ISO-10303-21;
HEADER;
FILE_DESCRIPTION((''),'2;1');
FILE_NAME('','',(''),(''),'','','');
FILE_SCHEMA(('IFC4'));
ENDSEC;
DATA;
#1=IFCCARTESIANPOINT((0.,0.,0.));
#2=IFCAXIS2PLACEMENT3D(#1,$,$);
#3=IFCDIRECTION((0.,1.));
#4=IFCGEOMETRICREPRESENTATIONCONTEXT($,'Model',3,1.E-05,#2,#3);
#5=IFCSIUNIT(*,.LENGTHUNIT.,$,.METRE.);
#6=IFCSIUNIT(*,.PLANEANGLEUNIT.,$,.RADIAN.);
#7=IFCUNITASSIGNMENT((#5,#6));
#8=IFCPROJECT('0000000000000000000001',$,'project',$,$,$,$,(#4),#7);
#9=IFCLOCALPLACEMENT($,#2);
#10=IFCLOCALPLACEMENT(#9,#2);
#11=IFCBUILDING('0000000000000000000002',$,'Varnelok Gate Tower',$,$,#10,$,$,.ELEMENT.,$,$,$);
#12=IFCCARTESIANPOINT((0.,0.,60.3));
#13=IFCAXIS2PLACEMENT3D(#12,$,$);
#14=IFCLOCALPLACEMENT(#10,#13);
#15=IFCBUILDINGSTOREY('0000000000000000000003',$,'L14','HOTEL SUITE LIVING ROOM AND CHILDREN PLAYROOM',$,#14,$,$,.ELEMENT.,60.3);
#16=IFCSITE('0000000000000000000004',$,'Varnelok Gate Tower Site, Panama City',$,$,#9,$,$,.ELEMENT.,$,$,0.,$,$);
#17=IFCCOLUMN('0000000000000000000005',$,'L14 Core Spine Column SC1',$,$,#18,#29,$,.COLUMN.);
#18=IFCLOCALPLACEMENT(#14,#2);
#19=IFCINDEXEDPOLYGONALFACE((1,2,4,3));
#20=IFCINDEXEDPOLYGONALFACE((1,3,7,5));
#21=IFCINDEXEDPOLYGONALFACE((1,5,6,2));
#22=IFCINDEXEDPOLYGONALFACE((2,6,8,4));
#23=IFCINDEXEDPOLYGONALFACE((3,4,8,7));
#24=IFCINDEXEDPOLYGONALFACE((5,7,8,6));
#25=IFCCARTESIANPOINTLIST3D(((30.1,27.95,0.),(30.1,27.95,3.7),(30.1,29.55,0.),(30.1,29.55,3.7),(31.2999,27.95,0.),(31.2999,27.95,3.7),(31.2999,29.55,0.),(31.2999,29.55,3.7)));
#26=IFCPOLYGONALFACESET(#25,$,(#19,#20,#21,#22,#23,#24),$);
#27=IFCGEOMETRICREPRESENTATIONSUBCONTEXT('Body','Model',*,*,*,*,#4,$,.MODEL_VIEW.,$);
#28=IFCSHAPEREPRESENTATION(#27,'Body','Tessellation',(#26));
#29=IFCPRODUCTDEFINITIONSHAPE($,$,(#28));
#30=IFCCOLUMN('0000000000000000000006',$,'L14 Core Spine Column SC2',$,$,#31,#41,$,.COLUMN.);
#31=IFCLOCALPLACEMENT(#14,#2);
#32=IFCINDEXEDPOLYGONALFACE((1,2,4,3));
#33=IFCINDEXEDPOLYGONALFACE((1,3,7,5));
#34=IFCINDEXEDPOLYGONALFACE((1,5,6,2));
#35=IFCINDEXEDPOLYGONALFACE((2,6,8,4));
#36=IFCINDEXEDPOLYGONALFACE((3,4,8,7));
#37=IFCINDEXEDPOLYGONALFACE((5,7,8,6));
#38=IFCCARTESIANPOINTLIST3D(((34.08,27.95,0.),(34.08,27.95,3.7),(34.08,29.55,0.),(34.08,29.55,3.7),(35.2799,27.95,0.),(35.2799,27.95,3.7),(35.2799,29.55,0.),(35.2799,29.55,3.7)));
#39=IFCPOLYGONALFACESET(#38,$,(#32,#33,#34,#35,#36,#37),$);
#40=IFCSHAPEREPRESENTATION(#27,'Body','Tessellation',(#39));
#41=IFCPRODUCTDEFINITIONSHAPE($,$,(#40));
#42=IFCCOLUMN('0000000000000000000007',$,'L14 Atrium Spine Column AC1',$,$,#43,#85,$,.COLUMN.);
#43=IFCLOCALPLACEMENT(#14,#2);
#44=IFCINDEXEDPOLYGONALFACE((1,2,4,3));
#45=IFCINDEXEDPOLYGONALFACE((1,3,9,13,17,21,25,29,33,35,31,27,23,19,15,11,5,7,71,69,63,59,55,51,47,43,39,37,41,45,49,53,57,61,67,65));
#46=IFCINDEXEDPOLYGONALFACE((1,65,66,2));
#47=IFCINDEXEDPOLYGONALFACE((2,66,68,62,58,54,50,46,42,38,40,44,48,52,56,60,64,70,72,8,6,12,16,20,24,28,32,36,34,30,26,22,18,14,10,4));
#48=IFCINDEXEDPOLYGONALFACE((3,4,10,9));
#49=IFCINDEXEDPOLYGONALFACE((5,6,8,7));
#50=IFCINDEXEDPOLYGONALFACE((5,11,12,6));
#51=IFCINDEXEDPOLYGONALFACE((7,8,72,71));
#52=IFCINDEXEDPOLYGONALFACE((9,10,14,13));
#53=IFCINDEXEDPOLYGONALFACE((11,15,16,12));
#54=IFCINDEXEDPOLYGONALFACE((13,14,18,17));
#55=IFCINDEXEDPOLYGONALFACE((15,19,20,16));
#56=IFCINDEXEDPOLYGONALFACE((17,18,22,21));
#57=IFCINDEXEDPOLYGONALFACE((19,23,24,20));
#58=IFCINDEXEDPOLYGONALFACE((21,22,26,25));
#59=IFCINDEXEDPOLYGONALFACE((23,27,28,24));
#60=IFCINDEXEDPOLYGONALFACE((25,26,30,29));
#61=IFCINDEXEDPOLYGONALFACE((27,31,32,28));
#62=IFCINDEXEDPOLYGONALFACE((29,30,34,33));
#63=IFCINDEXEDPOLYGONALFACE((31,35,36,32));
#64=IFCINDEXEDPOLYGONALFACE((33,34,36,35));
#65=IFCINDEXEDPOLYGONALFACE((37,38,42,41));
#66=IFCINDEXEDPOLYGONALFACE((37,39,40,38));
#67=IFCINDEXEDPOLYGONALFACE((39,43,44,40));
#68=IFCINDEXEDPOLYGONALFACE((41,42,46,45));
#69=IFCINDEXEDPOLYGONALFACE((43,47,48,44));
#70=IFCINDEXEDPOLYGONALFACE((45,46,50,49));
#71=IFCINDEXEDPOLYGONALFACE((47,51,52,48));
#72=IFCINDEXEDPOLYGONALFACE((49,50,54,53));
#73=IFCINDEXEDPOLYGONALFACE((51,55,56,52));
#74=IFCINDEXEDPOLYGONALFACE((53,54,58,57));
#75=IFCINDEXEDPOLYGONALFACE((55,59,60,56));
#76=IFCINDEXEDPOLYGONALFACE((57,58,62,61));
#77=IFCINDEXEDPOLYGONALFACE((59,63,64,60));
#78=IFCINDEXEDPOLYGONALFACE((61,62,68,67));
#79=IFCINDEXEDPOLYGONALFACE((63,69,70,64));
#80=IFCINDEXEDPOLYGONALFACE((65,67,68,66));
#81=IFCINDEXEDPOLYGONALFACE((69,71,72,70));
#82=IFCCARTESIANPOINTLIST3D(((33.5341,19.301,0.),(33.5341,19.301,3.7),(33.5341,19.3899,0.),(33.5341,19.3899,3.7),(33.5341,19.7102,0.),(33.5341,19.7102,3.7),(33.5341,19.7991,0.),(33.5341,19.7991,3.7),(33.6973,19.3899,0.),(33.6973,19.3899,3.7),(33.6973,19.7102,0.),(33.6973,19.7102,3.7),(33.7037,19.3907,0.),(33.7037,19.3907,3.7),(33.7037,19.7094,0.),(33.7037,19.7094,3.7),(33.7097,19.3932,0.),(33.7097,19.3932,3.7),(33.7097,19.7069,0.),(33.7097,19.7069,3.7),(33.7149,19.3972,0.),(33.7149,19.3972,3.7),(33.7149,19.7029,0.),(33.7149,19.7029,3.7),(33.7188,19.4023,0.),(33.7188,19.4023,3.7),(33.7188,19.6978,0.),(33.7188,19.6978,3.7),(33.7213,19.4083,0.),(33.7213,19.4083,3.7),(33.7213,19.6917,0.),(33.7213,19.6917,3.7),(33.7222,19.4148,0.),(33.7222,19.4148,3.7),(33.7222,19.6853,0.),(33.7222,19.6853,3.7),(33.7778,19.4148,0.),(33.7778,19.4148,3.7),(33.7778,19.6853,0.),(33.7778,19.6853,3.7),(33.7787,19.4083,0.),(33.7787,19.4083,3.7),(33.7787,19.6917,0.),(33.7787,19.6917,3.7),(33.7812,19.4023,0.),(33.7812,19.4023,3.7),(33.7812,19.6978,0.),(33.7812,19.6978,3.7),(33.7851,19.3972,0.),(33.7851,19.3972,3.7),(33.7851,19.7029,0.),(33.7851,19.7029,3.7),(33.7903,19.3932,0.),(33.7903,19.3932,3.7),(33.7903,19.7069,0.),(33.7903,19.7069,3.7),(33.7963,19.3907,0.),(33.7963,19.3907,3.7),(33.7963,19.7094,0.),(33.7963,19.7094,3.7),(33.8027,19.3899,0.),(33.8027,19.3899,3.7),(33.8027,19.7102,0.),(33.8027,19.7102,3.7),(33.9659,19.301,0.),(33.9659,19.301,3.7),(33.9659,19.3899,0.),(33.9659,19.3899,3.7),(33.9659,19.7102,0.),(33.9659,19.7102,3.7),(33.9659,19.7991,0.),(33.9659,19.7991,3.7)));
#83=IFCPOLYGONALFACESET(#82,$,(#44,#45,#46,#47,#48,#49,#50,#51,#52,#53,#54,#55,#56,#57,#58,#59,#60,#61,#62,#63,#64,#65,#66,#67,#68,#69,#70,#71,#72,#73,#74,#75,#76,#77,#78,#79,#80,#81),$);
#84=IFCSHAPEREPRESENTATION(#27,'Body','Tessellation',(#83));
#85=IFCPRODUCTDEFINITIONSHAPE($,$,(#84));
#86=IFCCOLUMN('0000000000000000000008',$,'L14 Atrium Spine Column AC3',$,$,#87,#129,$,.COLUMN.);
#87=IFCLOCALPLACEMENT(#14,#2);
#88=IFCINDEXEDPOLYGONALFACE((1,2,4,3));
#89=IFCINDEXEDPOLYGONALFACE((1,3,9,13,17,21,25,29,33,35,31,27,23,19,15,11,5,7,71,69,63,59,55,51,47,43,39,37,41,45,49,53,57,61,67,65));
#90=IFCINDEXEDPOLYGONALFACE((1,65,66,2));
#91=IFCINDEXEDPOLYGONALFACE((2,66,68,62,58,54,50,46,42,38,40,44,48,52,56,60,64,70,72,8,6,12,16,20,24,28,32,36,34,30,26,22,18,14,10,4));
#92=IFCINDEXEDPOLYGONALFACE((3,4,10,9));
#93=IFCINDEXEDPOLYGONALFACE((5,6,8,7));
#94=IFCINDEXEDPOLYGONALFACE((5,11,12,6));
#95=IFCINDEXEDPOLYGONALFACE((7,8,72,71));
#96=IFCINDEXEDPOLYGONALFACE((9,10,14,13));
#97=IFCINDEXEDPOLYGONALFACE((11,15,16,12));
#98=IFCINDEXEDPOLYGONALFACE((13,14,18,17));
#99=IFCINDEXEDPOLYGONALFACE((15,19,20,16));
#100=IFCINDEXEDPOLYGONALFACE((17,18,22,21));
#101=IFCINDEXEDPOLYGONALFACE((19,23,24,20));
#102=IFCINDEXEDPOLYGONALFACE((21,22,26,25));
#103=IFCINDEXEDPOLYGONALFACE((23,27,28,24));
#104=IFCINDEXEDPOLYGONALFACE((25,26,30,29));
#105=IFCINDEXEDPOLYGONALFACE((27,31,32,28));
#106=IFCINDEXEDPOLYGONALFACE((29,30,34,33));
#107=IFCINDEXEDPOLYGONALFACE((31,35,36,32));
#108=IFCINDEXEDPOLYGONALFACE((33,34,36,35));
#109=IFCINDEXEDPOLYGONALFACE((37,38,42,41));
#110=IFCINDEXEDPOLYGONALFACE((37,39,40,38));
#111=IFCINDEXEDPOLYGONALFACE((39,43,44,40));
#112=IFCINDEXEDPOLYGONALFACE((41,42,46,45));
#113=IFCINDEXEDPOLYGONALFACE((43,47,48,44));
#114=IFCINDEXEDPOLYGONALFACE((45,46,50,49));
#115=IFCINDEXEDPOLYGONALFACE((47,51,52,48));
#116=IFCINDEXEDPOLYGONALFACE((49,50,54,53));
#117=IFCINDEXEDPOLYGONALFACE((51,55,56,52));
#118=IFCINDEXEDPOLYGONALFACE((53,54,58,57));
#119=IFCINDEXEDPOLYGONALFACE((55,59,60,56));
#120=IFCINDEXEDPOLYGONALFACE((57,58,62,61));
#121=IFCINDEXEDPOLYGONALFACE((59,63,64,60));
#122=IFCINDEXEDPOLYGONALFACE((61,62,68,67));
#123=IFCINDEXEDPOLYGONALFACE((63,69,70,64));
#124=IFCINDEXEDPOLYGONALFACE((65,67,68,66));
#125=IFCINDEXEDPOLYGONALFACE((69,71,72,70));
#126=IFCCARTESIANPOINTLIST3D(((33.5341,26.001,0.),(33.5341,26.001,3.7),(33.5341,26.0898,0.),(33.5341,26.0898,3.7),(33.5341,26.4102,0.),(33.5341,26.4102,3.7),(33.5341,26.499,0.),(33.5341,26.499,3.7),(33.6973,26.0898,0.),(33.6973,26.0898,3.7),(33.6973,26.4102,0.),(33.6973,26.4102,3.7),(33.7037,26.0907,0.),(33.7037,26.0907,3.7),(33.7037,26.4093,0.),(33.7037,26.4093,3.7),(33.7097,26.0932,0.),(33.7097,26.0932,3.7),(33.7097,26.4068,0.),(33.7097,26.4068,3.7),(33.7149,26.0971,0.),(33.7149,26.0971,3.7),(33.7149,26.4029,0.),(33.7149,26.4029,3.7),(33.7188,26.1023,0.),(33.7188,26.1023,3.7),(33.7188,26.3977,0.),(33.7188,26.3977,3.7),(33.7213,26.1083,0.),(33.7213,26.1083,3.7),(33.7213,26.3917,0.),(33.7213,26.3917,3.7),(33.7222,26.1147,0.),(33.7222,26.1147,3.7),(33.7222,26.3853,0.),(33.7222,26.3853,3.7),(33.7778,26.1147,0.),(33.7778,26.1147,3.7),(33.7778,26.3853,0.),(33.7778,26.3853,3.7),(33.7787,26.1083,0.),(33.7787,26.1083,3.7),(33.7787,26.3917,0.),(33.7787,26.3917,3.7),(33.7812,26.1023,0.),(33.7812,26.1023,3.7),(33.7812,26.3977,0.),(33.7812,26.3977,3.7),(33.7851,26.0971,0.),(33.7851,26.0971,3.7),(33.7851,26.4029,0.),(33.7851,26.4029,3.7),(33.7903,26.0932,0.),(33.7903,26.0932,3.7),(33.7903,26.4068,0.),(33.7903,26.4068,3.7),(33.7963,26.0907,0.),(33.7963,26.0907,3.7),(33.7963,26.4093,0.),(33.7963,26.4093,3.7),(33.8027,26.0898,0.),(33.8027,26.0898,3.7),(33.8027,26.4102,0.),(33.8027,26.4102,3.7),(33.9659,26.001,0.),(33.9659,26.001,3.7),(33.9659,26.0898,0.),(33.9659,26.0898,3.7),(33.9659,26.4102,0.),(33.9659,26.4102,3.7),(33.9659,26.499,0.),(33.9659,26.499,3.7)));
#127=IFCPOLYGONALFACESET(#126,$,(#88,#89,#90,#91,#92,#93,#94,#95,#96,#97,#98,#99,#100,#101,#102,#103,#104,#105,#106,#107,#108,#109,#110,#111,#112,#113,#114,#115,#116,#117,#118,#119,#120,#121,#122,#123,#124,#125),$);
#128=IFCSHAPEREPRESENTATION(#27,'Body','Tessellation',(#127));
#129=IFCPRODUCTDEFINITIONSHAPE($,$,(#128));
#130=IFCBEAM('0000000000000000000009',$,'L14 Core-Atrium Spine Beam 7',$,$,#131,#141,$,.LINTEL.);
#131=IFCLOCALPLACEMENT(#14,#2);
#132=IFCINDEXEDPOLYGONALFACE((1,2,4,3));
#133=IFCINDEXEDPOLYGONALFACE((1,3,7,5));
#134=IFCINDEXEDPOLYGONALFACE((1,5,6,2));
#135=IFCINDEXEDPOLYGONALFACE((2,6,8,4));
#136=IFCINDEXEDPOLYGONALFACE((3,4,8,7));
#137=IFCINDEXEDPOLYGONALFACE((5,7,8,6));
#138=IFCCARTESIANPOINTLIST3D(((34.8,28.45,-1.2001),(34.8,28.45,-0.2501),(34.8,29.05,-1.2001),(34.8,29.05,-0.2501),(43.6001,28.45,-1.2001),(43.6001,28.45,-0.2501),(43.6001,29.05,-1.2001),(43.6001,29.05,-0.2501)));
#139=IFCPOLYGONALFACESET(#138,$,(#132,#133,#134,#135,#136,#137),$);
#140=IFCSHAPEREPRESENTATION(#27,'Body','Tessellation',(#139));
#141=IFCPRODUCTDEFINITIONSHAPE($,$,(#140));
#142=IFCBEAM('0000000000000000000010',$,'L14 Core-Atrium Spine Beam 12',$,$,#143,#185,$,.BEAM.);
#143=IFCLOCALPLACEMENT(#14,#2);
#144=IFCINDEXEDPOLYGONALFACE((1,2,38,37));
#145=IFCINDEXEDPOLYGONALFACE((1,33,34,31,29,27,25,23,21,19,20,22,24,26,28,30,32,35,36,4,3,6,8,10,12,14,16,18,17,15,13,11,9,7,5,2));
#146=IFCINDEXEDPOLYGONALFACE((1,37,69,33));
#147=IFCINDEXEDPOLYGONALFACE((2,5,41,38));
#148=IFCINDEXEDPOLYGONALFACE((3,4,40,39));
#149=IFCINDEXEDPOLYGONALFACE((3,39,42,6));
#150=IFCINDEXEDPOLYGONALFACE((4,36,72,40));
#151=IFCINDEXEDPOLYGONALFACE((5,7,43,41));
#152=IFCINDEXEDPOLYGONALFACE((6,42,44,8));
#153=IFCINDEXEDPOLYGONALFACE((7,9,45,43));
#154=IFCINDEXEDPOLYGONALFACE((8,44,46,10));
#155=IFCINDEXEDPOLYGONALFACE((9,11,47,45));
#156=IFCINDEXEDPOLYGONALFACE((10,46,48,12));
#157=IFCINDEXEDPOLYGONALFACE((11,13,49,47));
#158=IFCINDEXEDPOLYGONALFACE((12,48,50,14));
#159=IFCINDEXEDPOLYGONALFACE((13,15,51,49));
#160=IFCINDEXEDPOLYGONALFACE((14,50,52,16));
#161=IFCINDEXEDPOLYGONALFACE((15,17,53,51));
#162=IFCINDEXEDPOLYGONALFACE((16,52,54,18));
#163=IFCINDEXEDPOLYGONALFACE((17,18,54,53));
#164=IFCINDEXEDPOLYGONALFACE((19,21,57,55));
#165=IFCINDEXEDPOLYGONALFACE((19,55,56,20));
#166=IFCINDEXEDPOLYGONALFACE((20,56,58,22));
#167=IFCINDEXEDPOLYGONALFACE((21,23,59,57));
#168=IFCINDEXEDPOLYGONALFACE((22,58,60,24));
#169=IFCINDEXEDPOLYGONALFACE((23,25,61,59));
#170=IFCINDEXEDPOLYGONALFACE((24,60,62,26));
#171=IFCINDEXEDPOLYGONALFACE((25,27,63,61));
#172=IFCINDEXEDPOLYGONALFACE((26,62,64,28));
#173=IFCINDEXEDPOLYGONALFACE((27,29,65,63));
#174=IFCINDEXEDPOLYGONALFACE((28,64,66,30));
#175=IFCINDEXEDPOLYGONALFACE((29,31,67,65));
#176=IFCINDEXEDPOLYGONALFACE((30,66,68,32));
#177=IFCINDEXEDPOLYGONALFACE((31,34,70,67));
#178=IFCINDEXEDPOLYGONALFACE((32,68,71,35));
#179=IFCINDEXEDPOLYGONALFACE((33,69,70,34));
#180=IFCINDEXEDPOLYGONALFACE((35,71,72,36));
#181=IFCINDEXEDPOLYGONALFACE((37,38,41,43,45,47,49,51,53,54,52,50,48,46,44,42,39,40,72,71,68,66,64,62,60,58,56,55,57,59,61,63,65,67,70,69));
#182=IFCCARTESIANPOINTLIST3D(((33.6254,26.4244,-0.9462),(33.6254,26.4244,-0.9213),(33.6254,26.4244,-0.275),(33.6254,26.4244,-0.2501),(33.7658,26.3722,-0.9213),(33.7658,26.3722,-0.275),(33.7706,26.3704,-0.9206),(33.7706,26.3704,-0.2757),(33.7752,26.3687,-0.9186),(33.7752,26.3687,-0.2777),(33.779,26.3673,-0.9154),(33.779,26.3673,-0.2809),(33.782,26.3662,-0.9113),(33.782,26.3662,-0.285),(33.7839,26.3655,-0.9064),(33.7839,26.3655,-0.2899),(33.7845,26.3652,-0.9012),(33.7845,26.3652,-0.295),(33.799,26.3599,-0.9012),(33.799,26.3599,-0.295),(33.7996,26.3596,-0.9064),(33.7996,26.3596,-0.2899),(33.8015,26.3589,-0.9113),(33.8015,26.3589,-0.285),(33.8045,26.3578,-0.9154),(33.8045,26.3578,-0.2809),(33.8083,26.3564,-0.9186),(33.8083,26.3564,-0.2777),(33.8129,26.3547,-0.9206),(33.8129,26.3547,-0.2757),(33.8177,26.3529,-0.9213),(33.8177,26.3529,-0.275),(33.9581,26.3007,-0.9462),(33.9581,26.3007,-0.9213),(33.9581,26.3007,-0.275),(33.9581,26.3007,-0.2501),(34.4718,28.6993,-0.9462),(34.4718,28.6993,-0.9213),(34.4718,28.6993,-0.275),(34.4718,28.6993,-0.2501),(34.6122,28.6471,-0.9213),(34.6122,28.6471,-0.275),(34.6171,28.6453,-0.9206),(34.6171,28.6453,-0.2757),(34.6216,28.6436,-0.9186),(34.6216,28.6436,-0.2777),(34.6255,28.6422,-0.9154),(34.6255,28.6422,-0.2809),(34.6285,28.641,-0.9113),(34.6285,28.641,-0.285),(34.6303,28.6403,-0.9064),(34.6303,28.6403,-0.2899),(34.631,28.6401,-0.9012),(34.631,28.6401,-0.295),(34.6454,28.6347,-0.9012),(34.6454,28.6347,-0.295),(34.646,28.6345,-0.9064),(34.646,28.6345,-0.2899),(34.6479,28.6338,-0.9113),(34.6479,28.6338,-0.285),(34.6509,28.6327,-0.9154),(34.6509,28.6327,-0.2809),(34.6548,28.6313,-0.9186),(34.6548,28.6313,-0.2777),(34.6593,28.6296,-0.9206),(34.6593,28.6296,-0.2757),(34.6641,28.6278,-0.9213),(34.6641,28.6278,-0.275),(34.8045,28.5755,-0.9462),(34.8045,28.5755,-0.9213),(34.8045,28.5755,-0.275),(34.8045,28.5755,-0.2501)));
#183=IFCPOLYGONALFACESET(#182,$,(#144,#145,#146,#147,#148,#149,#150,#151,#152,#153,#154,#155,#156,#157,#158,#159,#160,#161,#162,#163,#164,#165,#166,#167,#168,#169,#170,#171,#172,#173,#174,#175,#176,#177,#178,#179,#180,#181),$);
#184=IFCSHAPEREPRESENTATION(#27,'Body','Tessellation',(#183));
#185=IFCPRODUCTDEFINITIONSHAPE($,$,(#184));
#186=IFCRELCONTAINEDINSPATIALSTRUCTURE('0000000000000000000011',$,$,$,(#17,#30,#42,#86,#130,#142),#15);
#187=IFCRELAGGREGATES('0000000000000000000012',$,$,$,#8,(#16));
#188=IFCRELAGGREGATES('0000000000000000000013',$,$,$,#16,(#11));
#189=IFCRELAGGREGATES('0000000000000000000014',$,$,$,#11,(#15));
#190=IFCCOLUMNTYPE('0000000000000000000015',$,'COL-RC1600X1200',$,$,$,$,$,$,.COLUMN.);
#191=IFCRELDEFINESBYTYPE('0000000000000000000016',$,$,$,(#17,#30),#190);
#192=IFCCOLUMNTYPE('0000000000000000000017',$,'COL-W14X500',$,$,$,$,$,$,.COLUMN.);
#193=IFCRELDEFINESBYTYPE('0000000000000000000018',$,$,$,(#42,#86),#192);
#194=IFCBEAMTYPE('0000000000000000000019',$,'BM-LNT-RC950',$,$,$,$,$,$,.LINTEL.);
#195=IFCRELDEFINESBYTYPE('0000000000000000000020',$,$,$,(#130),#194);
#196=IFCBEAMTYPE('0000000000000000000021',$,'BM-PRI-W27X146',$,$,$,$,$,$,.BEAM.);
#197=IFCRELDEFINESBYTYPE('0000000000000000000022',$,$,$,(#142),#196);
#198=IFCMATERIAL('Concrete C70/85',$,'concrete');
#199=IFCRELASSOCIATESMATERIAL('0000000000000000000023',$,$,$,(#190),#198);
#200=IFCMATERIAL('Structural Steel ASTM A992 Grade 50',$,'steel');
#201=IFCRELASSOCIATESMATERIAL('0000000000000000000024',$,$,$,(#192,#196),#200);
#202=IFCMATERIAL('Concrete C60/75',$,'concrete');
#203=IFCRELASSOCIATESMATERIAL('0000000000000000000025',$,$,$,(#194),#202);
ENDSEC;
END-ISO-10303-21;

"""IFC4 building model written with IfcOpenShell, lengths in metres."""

from ifc_helpers import new_model, si_unit, direction, frame, origin, origin_2d, place, context, subcontext, project, spatial, rectangle, i_section, extrude, material, material_profile, profile_set, type_object, element, save


model = new_model("IFC4")

# Units and contexts
model_context = context("Model", 3, precision=1e-05, world=origin(), true_north=direction((0.0, 1.0)))
body_context = subcontext(model_context, "Body", "Model", "MODEL_VIEW")
ifc_project = project(units=[si_unit("LENGTHUNIT", "METRE"), si_unit("PLANEANGLEUNIT", "RADIAN")], contexts=[model_context])

# Site, building, storey
site_placement = place(None, origin())
site = spatial("IfcSite", under=ifc_project, at=site_placement, Name="Varnelok Gate Tower Site, Panama City", CompositionType="ELEMENT", RefElevation=0.0)
building_placement = place(site_placement, origin())
building = spatial("IfcBuilding", under=site, at=building_placement, Name="Varnelok Gate Tower", CompositionType="ELEMENT")
storey_placement = place(building_placement, frame((0.0, 0.0, 60.3)))
storey = spatial("IfcBuildingStorey", under=building, at=storey_placement, Name="L14", Description="HOTEL SUITE LIVING ROOM AND CHILDREN PLAYROOM", CompositionType="ELEMENT", Elevation=60.3)

# Columns
ifc_material_1 = material(Name="Concrete C70/85", Category="concrete")
ifc_material_profile_1 = material_profile(ifc_material_1, rectangle(XDim=1.2, YDim=1.6001, at=origin_2d()), Name="RC1600X1200")
ifc_profile_set_1 = profile_set([ifc_material_profile_1], Name="Concrete C70/85")
column_type_1 = type_object("IfcColumnType", Name="COL-RC1600X1200", PredefinedType="COLUMN", material=ifc_profile_set_1)
for number, where, z_axis, x_axis, name in (
    (1, (30.7, 28.75, 0.0), (0.0, 0.0, 1.0), (1.0, 0.0, 0.0), "L14 Core Spine Column SC1"),
    (2, (34.6799, 28.75, 0.0), (0.0, 0.0, 1.0), (1.0, 0.0, 0.0), "L14 Core Spine Column SC2"),
):
    element("IfcColumn", number, at=place(storey_placement, frame(where, z_axis=z_axis, x_axis=x_axis)), inside=storey, type_object=column_type_1, Name=name, PredefinedType="COLUMN", context=body_context, shape_type="SweptSolid", body=[
        extrude(rectangle(XDim=1.2, YDim=1.6001, at=origin_2d()), origin(), (0.0, 0.0, 1.0), 3.7),
    ])
ifc_material_2 = material(Name="Structural Steel ASTM A992 Grade 50", Category="steel")
ifc_material_profile_2 = material_profile(ifc_material_2, i_section(OverallWidth=0.4319, OverallDepth=0.498, WebThickness=0.0557, FlangeThickness=0.0889, FilletRadius=0.0249, at=origin_2d()), Name="W14X500")
ifc_profile_set_2 = profile_set([ifc_material_profile_2], Name="Structural Steel ASTM A992 Grade 50")
column_type_2 = type_object("IfcColumnType", Name="COL-W14X500", PredefinedType="COLUMN", material=ifc_profile_set_2)
for number, where, z_axis, x_axis, name in (
    (3, (33.75, 19.55, 0.0), (0.0, 0.0, 1.0), (1.0, 0.0, 0.0), "L14 Atrium Spine Column AC1"),
    (4, (33.75, 26.25, 0.0), (0.0, 0.0, 1.0), (1.0, 0.0, 0.0), "L14 Atrium Spine Column AC3"),
):
    element("IfcColumn", number, at=place(storey_placement, frame(where, z_axis=z_axis, x_axis=x_axis)), inside=storey, type_object=column_type_2, Name=name, PredefinedType="COLUMN", context=body_context, shape_type="SweptSolid", body=[
        extrude(i_section(OverallWidth=0.4319, OverallDepth=0.498, WebThickness=0.0557, FlangeThickness=0.0889, FilletRadius=0.0249, at=origin_2d()), origin(), (0.0, 0.0, 1.0), 3.7),
    ])

# Beams
ifc_material_3 = material(Name="Concrete C60/75", Category="concrete")
ifc_material_profile_3 = material_profile(ifc_material_3, rectangle(XDim=0.6001, YDim=0.95, at=origin_2d()), Name="RC950X600")
ifc_profile_set_3 = profile_set([ifc_material_profile_3], Name="Concrete C60/75")
beam_type_1 = type_object("IfcBeamType", Name="BM-LNT-RC950", PredefinedType="LINTEL", material=ifc_profile_set_3)
beam_1_placement = place(storey_placement, frame((34.8, 28.75, -0.7251), z_axis=(1.0, 0.0, 0.0), x_axis=(0.0, 1.0, 0.0)))
element("IfcBeam", 5, at=beam_1_placement, inside=storey, type_object=beam_type_1, Name="L14 Core-Atrium Spine Beam 7", PredefinedType="LINTEL", context=body_context, shape_type="SweptSolid", body=[
    extrude(rectangle(XDim=0.6001, YDim=0.95, at=origin_2d()), origin(), (0.0, 0.0, 1.0), 8.8),
])
ifc_material_profile_4 = material_profile(ifc_material_2, i_section(OverallWidth=0.355, OverallDepth=0.696, WebThickness=0.0154, FlangeThickness=0.0249, FilletRadius=0.02, at=origin_2d()), Name="W27X146")
ifc_profile_set_4 = profile_set([ifc_material_profile_4], Name="Structural Steel ASTM A992 Grade 50")
beam_type_2 = type_object("IfcBeamType", Name="BM-PRI-W27X146", PredefinedType="BEAM", material=ifc_profile_set_4)
beam_2_placement = place(storey_placement, frame((33.7917, 26.3625, -0.5981), z_axis=(0.348719, 0.937227, 0.0), x_axis=(-0.937227, 0.348719, 0.0)))
element("IfcBeam", 6, at=beam_2_placement, inside=storey, type_object=beam_type_2, Name="L14 Core-Atrium Spine Beam 12", PredefinedType="BEAM", context=body_context, shape_type="SweptSolid", body=[
    extrude(i_section(OverallWidth=0.355, OverallDepth=0.696, WebThickness=0.0154, FlangeThickness=0.0249, FilletRadius=0.02, at=origin_2d()), origin(), (0.0, 0.0, 1.0), 2.4272),
])

save(model, "model.ifc")
